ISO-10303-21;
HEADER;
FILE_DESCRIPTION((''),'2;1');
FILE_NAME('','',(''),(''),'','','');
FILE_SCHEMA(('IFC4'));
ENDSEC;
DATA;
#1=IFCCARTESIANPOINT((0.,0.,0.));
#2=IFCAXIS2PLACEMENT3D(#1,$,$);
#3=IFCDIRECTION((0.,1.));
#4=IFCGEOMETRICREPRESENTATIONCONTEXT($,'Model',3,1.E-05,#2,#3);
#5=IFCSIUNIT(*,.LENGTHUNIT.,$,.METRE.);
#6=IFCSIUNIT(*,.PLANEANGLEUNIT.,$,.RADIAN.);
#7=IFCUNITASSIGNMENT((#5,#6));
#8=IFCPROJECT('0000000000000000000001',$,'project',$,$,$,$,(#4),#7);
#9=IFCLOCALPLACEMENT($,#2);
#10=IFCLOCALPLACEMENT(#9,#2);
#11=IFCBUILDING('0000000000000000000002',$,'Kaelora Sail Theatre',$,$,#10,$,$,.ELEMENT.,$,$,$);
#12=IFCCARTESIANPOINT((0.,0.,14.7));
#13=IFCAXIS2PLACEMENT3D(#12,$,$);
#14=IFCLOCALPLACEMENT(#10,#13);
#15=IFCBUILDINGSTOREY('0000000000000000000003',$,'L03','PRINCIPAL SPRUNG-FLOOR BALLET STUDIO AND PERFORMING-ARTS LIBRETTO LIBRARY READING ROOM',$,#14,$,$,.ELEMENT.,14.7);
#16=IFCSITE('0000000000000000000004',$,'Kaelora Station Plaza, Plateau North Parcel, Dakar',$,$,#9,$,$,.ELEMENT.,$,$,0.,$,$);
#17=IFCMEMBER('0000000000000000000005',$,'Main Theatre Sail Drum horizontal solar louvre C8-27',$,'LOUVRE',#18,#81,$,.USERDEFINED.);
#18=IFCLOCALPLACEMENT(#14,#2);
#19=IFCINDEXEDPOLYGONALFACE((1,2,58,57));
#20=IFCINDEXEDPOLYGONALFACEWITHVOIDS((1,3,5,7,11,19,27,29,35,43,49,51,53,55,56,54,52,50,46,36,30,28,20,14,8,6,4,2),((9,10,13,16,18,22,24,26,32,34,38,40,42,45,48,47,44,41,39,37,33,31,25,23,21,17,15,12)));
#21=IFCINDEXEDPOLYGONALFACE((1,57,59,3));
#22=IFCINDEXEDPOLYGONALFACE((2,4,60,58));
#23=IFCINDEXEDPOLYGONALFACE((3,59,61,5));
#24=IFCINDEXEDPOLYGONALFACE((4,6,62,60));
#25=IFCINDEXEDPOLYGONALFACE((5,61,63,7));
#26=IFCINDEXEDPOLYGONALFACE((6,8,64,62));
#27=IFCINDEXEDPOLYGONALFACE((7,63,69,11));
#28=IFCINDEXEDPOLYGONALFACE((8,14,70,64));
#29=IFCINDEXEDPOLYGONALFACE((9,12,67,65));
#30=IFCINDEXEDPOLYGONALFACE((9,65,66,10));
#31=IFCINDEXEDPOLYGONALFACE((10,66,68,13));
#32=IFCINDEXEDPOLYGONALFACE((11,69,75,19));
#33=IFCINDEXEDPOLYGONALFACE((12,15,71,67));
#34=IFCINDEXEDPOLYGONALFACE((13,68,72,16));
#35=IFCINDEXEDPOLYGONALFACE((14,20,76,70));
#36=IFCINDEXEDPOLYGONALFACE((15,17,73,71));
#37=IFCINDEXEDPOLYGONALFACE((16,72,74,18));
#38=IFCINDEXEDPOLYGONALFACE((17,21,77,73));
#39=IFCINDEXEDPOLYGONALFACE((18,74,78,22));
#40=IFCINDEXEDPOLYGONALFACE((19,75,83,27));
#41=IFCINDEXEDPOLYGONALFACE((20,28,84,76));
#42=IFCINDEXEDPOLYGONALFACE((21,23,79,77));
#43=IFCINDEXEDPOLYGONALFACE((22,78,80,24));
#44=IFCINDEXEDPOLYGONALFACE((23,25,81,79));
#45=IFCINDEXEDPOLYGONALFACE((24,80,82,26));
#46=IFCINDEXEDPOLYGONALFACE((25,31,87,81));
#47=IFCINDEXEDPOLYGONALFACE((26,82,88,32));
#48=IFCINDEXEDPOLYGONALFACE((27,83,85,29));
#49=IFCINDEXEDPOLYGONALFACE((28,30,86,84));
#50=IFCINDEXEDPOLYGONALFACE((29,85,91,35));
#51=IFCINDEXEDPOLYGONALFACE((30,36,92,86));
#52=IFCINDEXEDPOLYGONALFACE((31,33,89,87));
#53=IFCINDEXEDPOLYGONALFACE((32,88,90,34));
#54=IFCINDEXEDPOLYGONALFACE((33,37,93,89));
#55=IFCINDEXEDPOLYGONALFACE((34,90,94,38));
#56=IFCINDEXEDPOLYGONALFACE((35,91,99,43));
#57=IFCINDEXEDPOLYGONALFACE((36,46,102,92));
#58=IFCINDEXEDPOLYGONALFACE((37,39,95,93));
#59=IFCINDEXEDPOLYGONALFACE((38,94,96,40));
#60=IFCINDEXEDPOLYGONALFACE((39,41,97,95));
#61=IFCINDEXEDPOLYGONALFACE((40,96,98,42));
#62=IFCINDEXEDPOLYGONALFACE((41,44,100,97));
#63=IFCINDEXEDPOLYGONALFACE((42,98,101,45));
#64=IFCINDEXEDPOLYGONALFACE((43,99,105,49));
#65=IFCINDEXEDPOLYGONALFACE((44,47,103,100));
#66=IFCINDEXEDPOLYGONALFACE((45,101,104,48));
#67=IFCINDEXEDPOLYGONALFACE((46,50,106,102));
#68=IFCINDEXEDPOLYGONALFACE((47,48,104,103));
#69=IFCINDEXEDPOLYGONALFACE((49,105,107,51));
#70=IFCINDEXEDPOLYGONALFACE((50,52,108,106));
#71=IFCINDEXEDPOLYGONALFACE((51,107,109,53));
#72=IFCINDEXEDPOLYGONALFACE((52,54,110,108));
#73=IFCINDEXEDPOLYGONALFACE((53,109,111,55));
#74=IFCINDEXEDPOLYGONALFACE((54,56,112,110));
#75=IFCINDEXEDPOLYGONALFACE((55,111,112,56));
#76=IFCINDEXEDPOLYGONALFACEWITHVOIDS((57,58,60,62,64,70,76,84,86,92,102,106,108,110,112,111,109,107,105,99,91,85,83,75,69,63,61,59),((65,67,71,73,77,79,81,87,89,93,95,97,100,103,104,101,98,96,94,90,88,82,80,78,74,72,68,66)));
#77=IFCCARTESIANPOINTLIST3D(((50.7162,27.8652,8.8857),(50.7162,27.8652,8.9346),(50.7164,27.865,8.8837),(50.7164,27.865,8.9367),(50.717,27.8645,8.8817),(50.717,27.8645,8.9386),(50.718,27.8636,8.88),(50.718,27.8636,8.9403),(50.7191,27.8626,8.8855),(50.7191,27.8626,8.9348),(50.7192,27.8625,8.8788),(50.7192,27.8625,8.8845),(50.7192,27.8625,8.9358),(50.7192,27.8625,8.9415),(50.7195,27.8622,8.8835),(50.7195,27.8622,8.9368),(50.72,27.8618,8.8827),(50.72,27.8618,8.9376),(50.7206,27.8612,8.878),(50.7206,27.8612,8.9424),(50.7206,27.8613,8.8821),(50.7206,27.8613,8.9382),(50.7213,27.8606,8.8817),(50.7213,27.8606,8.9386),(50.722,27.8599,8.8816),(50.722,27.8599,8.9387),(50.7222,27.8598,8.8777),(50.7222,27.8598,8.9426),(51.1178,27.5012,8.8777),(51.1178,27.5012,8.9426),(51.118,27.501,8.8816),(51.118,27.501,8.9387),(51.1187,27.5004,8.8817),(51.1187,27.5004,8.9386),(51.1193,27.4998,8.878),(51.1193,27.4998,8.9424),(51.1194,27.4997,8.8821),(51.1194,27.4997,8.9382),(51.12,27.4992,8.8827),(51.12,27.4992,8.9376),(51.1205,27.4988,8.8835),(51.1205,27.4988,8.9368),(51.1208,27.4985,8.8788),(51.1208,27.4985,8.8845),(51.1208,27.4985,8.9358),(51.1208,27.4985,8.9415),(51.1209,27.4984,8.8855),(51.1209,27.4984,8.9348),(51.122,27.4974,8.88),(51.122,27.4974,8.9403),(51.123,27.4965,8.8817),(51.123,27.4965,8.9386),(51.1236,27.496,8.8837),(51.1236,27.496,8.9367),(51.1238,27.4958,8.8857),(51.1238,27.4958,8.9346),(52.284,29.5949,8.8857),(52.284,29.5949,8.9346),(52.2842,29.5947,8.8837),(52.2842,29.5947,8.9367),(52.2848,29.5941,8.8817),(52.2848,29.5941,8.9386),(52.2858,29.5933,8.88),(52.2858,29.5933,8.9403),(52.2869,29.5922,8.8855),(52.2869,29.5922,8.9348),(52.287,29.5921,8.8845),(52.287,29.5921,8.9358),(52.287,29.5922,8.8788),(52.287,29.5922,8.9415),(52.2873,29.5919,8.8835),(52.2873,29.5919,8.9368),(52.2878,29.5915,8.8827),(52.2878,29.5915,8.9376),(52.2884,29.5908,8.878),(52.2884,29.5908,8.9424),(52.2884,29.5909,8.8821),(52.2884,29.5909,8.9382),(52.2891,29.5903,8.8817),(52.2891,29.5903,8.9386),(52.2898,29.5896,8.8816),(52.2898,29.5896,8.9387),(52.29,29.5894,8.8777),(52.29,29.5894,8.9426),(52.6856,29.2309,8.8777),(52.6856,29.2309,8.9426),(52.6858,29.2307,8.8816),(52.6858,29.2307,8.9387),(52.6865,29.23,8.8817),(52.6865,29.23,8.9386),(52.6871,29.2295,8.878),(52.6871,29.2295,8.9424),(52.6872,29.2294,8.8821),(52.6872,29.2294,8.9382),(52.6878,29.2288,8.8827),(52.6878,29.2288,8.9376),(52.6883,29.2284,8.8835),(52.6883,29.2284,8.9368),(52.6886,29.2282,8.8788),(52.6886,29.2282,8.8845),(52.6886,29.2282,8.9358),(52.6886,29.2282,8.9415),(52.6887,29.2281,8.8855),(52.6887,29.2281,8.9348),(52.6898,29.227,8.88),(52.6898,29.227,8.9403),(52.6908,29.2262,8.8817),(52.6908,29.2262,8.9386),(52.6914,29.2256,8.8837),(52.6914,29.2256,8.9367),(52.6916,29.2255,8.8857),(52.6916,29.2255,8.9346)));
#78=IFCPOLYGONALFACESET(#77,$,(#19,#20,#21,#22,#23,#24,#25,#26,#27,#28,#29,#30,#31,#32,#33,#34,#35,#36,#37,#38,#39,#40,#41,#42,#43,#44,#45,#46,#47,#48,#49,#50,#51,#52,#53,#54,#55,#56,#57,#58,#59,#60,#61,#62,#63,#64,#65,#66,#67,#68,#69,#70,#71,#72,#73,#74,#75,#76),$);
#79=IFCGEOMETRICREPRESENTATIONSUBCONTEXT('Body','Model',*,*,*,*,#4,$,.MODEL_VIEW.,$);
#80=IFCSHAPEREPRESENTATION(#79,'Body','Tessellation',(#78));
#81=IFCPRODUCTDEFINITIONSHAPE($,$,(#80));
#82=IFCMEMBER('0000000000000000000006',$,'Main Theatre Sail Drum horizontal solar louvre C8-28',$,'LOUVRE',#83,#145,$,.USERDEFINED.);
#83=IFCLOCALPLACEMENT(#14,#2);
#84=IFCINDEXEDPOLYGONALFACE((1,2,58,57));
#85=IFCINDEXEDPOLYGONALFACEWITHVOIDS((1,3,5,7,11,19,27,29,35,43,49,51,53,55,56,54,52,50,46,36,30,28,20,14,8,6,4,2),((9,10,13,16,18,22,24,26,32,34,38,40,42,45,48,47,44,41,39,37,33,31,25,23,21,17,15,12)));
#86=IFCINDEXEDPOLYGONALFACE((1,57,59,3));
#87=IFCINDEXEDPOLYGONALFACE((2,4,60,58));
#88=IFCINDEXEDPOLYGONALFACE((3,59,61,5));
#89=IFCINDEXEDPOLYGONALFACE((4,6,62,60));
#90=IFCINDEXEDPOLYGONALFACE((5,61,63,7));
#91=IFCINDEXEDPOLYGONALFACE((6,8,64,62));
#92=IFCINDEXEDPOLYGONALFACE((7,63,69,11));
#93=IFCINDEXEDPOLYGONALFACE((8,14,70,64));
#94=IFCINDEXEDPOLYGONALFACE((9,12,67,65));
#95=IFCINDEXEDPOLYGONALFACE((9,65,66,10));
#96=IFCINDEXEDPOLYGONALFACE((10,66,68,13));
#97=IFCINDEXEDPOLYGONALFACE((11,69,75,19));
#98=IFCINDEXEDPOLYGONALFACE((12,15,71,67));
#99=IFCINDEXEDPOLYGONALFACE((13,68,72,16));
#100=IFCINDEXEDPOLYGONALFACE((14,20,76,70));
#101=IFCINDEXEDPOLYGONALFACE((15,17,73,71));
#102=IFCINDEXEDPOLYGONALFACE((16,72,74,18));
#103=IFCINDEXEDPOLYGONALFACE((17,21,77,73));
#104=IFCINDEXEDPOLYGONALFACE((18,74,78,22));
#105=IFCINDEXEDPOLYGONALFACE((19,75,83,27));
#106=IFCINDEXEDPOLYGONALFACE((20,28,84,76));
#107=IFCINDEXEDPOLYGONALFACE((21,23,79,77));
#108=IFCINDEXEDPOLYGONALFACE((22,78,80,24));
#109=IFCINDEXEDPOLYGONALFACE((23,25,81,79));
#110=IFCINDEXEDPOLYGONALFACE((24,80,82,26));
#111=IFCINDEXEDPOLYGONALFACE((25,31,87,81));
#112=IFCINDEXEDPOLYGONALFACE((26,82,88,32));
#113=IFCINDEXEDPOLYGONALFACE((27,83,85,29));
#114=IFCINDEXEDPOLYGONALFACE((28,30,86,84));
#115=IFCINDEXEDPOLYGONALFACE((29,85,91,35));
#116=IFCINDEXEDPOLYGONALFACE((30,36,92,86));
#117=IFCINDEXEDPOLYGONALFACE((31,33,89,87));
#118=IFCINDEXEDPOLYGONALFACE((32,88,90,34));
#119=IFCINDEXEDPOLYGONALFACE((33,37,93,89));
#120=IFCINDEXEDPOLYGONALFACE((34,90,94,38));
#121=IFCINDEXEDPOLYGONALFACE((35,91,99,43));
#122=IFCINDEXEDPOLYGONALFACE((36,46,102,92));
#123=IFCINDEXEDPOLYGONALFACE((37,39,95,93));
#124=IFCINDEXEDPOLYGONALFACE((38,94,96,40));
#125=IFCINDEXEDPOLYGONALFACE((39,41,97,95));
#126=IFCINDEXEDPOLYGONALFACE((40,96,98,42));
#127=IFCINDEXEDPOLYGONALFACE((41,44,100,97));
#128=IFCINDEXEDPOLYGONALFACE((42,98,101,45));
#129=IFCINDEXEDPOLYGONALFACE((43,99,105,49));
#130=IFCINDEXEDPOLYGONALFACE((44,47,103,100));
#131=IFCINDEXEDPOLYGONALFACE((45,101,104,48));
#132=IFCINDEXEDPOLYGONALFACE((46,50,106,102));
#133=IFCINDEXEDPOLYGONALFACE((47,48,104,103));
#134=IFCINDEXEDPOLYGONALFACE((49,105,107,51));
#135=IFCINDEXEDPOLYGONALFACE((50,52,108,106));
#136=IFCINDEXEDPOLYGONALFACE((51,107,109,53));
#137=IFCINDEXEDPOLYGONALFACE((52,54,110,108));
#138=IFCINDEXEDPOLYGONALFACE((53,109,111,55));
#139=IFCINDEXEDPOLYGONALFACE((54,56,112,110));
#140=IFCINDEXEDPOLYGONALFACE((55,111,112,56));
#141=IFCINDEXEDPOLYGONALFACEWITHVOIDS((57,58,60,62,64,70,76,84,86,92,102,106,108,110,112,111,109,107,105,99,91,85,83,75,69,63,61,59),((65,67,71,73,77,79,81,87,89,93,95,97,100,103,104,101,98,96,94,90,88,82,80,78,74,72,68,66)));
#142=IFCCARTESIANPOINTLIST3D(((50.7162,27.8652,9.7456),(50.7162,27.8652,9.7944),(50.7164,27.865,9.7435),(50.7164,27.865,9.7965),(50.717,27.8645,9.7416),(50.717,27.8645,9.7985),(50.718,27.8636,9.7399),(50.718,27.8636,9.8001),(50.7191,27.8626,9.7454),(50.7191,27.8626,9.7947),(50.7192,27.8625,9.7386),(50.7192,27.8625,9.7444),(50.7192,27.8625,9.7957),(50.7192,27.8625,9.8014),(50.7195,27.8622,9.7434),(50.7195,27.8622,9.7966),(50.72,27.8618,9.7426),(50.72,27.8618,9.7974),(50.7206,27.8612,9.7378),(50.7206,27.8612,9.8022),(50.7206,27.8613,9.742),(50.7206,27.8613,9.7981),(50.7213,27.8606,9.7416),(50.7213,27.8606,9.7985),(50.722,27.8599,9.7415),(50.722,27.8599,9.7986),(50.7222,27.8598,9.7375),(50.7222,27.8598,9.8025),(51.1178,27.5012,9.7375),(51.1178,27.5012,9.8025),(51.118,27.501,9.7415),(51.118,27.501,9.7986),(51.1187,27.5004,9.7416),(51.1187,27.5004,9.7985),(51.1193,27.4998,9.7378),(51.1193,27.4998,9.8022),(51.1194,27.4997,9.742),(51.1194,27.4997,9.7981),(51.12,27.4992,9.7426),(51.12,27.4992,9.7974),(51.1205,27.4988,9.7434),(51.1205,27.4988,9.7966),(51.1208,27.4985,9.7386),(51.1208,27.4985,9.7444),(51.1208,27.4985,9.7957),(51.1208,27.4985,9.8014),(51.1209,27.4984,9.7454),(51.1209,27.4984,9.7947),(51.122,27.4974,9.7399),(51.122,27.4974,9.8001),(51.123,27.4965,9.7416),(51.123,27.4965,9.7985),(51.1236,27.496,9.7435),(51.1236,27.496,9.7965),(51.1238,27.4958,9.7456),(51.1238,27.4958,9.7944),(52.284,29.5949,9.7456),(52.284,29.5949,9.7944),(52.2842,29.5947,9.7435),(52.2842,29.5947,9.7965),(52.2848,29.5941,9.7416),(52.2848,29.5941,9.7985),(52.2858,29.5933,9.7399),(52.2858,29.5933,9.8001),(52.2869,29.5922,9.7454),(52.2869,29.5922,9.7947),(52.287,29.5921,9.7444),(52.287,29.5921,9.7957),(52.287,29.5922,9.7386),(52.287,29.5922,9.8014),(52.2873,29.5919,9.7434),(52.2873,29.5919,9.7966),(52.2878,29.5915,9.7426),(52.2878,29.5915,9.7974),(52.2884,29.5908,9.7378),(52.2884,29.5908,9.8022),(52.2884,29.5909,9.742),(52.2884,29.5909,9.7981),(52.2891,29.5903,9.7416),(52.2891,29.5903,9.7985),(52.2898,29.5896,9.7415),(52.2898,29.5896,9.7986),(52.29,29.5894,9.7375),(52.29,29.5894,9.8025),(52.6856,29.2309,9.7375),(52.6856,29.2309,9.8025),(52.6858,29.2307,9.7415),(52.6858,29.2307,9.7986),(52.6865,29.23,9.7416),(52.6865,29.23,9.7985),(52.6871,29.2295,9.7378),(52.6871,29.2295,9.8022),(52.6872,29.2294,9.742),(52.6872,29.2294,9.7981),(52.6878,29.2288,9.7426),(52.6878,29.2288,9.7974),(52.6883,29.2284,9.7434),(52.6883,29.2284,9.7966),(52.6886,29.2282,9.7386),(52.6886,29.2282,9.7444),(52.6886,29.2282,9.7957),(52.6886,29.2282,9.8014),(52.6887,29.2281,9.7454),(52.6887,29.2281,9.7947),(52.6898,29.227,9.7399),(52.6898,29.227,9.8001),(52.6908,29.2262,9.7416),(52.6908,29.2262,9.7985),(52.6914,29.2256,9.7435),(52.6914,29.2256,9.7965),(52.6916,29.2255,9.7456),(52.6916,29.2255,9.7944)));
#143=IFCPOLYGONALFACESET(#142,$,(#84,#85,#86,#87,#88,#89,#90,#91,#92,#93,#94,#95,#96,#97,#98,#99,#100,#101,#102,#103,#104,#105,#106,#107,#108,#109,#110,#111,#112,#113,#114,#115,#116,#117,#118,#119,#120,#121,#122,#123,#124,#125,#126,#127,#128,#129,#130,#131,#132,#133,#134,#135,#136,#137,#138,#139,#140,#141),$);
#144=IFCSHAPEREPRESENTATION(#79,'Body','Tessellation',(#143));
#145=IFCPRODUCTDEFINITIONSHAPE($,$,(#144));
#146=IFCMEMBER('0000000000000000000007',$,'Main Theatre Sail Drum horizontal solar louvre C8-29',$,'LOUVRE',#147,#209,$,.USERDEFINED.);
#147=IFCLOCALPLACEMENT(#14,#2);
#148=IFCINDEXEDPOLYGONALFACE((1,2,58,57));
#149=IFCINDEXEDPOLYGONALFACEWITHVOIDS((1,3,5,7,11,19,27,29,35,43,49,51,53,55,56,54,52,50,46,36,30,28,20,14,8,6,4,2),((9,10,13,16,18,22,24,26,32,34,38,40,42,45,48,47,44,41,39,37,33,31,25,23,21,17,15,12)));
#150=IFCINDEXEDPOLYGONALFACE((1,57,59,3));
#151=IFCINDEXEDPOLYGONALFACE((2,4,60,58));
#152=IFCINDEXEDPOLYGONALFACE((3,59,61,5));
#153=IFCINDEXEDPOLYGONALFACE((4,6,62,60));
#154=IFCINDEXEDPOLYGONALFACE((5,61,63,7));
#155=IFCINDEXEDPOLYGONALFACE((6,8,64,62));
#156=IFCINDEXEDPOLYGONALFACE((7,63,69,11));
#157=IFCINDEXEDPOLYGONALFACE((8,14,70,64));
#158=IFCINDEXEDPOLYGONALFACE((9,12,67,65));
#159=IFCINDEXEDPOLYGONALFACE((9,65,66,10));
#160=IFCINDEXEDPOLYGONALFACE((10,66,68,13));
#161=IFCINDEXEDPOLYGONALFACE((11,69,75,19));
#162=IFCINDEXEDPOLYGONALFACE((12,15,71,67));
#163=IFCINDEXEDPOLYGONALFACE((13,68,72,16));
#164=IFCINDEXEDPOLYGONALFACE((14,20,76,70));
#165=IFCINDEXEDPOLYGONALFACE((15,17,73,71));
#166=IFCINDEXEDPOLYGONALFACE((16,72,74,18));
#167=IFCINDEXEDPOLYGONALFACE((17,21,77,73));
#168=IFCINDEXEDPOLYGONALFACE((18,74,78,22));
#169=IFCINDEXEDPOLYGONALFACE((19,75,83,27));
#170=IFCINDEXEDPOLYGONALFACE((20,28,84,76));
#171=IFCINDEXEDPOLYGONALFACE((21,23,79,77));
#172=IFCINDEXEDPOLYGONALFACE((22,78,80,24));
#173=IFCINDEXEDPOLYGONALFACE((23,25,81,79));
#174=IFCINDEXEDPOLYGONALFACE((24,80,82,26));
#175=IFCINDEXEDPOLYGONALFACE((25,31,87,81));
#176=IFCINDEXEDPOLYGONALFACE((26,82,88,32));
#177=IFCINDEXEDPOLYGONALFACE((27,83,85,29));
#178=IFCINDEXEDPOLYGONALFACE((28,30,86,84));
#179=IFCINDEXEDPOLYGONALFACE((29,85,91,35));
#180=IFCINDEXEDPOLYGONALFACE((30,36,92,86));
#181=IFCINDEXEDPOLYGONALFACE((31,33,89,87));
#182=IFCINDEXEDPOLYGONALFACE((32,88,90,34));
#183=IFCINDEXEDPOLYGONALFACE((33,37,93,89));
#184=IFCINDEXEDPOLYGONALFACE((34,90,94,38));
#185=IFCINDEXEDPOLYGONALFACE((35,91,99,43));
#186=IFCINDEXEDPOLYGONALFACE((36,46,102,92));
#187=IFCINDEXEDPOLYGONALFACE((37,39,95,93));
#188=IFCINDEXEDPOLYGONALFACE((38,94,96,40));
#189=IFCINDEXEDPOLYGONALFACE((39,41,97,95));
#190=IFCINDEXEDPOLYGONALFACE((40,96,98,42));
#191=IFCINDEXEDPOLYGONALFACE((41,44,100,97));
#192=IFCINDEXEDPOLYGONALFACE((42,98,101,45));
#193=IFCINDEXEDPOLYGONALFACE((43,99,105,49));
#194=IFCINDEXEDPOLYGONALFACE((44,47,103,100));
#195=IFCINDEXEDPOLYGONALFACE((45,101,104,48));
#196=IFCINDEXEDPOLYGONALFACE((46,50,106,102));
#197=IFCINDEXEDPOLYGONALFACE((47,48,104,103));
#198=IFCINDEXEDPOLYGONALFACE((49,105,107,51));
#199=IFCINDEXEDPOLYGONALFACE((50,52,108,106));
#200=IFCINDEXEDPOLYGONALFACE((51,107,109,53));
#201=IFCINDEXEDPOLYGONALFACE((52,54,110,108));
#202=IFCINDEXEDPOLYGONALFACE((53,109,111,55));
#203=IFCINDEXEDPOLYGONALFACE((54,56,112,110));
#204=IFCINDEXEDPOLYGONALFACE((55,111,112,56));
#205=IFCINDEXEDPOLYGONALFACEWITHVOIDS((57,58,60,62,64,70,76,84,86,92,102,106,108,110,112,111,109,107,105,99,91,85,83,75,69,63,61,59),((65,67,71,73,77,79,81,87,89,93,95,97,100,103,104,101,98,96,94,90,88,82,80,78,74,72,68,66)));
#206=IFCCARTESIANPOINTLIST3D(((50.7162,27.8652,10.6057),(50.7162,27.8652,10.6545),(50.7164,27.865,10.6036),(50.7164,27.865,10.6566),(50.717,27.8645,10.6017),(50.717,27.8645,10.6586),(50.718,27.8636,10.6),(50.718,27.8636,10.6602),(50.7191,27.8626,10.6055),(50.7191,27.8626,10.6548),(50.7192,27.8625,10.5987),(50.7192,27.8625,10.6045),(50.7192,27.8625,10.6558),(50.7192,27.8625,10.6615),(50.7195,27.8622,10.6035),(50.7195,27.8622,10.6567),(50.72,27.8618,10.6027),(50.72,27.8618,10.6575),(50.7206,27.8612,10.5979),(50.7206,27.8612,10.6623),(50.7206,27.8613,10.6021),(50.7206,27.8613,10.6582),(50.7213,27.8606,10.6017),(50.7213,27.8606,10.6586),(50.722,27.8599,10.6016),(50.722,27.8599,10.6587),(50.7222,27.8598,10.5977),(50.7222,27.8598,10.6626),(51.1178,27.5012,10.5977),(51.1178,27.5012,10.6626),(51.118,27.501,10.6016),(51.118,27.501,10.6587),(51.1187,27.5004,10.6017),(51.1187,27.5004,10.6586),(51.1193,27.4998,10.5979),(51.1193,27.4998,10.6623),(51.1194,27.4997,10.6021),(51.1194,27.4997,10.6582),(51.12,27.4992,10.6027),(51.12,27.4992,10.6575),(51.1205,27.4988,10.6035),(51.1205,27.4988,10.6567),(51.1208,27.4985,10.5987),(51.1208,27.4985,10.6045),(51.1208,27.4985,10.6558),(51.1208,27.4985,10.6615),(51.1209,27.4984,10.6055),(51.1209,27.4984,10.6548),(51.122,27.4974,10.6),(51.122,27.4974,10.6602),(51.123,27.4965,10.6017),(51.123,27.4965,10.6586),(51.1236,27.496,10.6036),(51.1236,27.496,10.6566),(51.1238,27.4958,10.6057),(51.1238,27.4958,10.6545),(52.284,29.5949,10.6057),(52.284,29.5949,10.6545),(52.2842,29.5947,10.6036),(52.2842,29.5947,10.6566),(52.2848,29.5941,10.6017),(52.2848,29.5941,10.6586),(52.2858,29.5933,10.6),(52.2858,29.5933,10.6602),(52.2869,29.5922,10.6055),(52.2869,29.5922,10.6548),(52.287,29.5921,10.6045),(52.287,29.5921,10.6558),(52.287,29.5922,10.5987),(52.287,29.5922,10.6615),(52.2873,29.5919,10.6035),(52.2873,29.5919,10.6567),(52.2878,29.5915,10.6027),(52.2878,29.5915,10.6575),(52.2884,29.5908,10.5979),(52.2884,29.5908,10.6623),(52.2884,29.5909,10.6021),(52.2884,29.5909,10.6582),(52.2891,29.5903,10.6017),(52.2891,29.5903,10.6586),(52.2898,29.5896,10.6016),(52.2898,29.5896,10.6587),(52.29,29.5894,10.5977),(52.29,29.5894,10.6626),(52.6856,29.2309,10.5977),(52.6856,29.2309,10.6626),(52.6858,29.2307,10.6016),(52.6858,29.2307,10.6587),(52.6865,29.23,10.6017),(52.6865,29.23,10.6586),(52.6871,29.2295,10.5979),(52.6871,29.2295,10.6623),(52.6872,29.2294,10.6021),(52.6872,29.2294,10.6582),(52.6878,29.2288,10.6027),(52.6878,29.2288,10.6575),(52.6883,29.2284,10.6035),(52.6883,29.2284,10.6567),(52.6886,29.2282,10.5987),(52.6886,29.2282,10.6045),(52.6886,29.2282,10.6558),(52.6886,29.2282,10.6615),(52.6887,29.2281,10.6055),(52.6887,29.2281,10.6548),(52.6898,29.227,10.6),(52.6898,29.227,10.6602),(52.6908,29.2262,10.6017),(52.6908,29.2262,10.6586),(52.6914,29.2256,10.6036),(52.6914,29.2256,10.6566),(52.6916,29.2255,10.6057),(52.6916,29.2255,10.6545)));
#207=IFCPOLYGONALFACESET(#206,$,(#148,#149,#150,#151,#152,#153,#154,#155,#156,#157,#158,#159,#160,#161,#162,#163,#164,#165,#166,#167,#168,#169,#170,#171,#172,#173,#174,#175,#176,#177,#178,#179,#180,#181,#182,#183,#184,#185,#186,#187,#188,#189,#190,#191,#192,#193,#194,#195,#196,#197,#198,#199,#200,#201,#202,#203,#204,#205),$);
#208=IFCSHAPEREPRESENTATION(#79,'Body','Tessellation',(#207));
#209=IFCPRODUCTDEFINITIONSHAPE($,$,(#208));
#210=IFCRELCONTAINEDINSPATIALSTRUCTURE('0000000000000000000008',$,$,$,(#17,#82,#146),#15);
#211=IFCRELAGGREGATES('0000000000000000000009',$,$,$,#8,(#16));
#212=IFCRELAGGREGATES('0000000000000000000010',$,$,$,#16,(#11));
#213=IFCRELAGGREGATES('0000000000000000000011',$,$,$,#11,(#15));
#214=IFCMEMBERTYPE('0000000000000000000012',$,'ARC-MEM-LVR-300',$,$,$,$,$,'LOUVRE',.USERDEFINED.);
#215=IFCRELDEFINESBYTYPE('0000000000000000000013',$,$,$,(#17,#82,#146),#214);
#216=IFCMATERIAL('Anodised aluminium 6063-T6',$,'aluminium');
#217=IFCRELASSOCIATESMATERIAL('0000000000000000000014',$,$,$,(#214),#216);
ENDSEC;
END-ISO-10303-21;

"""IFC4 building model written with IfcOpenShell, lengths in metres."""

from ifc_helpers import new_model, si_unit, direction, frame, origin, origin_2d, place, context, subcontext, project, spatial, hollow_rectangle, extrude, material, material_profile, profile_set, type_object, element, save


model = new_model("IFC4")

# Units and contexts
model_context = context("Model", 3, precision=1e-05, world=origin(), true_north=direction((0.0, 1.0)))
body_context = subcontext(model_context, "Body", "Model", "MODEL_VIEW")
ifc_project = project(units=[si_unit("LENGTHUNIT", "METRE"), si_unit("PLANEANGLEUNIT", "RADIAN")], contexts=[model_context])

# Site, building, storey
site_placement = place(None, origin())
site = spatial("IfcSite", under=ifc_project, at=site_placement, Name="Kaelora Station Plaza, Plateau North Parcel, Dakar", CompositionType="ELEMENT", RefElevation=0.0)
building_placement = place(site_placement, origin())
building = spatial("IfcBuilding", under=site, at=building_placement, Name="Kaelora Sail Theatre", CompositionType="ELEMENT")
storey_placement = place(building_placement, frame((0.0, 0.0, 14.7)))
storey = spatial("IfcBuildingStorey", under=building, at=storey_placement, Name="L03", Description="PRINCIPAL SPRUNG-FLOOR BALLET STUDIO AND PERFORMING-ARTS LIBRETTO LIBRARY READING ROOM", CompositionType="ELEMENT", Elevation=14.7)

# Members
ifc_material = material(Name="Anodised aluminium 6063-T6", Category="aluminium")
ifc_material_profile = material_profile(ifc_material, hollow_rectangle(XDim=0.55, YDim=0.0649, WallThickness=0.0039, InnerFilletRadius=0.0039, OuterFilletRadius=0.0081, at=origin_2d()), Name="LOUVRE 550x65x4")
ifc_profile_set = profile_set([ifc_material_profile], Name="Anodised aluminium 6063-T6")
member_type = type_object("IfcMemberType", Name="ARC-MEM-LVR-300", ElementType="LOUVRE", PredefinedType="USERDEFINED", material=ifc_profile_set)
for number, where, z_axis, x_axis, name in (
    (1, (52.4878, 29.4102, 8.9102), (-0.671589, -0.740924, 0.0), (0.740924, -0.671589, 0.0), "Main Theatre Sail Drum horizontal solar louvre C8-27"),
    (2, (52.4878, 29.4102, 9.77), (-0.671589, -0.740924, 0.0), (0.740924, -0.671589, 0.0), "Main Theatre Sail Drum horizontal solar louvre C8-28"),
    (3, (52.4878, 29.4102, 10.6301), (-0.671589, -0.740924, 0.0), (0.740924, -0.671589, 0.0), "Main Theatre Sail Drum horizontal solar louvre C8-29"),
):
    element("IfcMember", number, at=place(storey_placement, frame(where, z_axis=z_axis, x_axis=x_axis)), inside=storey, type_object=member_type, Name=name, ObjectType="LOUVRE", PredefinedType="USERDEFINED", context=body_context, shape_type="SweptSolid", body=[
        extrude(hollow_rectangle(XDim=0.55, YDim=0.0649, WallThickness=0.0039, InnerFilletRadius=0.0039, OuterFilletRadius=0.0081, at=origin_2d()), origin(), (0.0, 0.0, 1.0), 2.3345),
    ])

save(model, "model.ifc")
